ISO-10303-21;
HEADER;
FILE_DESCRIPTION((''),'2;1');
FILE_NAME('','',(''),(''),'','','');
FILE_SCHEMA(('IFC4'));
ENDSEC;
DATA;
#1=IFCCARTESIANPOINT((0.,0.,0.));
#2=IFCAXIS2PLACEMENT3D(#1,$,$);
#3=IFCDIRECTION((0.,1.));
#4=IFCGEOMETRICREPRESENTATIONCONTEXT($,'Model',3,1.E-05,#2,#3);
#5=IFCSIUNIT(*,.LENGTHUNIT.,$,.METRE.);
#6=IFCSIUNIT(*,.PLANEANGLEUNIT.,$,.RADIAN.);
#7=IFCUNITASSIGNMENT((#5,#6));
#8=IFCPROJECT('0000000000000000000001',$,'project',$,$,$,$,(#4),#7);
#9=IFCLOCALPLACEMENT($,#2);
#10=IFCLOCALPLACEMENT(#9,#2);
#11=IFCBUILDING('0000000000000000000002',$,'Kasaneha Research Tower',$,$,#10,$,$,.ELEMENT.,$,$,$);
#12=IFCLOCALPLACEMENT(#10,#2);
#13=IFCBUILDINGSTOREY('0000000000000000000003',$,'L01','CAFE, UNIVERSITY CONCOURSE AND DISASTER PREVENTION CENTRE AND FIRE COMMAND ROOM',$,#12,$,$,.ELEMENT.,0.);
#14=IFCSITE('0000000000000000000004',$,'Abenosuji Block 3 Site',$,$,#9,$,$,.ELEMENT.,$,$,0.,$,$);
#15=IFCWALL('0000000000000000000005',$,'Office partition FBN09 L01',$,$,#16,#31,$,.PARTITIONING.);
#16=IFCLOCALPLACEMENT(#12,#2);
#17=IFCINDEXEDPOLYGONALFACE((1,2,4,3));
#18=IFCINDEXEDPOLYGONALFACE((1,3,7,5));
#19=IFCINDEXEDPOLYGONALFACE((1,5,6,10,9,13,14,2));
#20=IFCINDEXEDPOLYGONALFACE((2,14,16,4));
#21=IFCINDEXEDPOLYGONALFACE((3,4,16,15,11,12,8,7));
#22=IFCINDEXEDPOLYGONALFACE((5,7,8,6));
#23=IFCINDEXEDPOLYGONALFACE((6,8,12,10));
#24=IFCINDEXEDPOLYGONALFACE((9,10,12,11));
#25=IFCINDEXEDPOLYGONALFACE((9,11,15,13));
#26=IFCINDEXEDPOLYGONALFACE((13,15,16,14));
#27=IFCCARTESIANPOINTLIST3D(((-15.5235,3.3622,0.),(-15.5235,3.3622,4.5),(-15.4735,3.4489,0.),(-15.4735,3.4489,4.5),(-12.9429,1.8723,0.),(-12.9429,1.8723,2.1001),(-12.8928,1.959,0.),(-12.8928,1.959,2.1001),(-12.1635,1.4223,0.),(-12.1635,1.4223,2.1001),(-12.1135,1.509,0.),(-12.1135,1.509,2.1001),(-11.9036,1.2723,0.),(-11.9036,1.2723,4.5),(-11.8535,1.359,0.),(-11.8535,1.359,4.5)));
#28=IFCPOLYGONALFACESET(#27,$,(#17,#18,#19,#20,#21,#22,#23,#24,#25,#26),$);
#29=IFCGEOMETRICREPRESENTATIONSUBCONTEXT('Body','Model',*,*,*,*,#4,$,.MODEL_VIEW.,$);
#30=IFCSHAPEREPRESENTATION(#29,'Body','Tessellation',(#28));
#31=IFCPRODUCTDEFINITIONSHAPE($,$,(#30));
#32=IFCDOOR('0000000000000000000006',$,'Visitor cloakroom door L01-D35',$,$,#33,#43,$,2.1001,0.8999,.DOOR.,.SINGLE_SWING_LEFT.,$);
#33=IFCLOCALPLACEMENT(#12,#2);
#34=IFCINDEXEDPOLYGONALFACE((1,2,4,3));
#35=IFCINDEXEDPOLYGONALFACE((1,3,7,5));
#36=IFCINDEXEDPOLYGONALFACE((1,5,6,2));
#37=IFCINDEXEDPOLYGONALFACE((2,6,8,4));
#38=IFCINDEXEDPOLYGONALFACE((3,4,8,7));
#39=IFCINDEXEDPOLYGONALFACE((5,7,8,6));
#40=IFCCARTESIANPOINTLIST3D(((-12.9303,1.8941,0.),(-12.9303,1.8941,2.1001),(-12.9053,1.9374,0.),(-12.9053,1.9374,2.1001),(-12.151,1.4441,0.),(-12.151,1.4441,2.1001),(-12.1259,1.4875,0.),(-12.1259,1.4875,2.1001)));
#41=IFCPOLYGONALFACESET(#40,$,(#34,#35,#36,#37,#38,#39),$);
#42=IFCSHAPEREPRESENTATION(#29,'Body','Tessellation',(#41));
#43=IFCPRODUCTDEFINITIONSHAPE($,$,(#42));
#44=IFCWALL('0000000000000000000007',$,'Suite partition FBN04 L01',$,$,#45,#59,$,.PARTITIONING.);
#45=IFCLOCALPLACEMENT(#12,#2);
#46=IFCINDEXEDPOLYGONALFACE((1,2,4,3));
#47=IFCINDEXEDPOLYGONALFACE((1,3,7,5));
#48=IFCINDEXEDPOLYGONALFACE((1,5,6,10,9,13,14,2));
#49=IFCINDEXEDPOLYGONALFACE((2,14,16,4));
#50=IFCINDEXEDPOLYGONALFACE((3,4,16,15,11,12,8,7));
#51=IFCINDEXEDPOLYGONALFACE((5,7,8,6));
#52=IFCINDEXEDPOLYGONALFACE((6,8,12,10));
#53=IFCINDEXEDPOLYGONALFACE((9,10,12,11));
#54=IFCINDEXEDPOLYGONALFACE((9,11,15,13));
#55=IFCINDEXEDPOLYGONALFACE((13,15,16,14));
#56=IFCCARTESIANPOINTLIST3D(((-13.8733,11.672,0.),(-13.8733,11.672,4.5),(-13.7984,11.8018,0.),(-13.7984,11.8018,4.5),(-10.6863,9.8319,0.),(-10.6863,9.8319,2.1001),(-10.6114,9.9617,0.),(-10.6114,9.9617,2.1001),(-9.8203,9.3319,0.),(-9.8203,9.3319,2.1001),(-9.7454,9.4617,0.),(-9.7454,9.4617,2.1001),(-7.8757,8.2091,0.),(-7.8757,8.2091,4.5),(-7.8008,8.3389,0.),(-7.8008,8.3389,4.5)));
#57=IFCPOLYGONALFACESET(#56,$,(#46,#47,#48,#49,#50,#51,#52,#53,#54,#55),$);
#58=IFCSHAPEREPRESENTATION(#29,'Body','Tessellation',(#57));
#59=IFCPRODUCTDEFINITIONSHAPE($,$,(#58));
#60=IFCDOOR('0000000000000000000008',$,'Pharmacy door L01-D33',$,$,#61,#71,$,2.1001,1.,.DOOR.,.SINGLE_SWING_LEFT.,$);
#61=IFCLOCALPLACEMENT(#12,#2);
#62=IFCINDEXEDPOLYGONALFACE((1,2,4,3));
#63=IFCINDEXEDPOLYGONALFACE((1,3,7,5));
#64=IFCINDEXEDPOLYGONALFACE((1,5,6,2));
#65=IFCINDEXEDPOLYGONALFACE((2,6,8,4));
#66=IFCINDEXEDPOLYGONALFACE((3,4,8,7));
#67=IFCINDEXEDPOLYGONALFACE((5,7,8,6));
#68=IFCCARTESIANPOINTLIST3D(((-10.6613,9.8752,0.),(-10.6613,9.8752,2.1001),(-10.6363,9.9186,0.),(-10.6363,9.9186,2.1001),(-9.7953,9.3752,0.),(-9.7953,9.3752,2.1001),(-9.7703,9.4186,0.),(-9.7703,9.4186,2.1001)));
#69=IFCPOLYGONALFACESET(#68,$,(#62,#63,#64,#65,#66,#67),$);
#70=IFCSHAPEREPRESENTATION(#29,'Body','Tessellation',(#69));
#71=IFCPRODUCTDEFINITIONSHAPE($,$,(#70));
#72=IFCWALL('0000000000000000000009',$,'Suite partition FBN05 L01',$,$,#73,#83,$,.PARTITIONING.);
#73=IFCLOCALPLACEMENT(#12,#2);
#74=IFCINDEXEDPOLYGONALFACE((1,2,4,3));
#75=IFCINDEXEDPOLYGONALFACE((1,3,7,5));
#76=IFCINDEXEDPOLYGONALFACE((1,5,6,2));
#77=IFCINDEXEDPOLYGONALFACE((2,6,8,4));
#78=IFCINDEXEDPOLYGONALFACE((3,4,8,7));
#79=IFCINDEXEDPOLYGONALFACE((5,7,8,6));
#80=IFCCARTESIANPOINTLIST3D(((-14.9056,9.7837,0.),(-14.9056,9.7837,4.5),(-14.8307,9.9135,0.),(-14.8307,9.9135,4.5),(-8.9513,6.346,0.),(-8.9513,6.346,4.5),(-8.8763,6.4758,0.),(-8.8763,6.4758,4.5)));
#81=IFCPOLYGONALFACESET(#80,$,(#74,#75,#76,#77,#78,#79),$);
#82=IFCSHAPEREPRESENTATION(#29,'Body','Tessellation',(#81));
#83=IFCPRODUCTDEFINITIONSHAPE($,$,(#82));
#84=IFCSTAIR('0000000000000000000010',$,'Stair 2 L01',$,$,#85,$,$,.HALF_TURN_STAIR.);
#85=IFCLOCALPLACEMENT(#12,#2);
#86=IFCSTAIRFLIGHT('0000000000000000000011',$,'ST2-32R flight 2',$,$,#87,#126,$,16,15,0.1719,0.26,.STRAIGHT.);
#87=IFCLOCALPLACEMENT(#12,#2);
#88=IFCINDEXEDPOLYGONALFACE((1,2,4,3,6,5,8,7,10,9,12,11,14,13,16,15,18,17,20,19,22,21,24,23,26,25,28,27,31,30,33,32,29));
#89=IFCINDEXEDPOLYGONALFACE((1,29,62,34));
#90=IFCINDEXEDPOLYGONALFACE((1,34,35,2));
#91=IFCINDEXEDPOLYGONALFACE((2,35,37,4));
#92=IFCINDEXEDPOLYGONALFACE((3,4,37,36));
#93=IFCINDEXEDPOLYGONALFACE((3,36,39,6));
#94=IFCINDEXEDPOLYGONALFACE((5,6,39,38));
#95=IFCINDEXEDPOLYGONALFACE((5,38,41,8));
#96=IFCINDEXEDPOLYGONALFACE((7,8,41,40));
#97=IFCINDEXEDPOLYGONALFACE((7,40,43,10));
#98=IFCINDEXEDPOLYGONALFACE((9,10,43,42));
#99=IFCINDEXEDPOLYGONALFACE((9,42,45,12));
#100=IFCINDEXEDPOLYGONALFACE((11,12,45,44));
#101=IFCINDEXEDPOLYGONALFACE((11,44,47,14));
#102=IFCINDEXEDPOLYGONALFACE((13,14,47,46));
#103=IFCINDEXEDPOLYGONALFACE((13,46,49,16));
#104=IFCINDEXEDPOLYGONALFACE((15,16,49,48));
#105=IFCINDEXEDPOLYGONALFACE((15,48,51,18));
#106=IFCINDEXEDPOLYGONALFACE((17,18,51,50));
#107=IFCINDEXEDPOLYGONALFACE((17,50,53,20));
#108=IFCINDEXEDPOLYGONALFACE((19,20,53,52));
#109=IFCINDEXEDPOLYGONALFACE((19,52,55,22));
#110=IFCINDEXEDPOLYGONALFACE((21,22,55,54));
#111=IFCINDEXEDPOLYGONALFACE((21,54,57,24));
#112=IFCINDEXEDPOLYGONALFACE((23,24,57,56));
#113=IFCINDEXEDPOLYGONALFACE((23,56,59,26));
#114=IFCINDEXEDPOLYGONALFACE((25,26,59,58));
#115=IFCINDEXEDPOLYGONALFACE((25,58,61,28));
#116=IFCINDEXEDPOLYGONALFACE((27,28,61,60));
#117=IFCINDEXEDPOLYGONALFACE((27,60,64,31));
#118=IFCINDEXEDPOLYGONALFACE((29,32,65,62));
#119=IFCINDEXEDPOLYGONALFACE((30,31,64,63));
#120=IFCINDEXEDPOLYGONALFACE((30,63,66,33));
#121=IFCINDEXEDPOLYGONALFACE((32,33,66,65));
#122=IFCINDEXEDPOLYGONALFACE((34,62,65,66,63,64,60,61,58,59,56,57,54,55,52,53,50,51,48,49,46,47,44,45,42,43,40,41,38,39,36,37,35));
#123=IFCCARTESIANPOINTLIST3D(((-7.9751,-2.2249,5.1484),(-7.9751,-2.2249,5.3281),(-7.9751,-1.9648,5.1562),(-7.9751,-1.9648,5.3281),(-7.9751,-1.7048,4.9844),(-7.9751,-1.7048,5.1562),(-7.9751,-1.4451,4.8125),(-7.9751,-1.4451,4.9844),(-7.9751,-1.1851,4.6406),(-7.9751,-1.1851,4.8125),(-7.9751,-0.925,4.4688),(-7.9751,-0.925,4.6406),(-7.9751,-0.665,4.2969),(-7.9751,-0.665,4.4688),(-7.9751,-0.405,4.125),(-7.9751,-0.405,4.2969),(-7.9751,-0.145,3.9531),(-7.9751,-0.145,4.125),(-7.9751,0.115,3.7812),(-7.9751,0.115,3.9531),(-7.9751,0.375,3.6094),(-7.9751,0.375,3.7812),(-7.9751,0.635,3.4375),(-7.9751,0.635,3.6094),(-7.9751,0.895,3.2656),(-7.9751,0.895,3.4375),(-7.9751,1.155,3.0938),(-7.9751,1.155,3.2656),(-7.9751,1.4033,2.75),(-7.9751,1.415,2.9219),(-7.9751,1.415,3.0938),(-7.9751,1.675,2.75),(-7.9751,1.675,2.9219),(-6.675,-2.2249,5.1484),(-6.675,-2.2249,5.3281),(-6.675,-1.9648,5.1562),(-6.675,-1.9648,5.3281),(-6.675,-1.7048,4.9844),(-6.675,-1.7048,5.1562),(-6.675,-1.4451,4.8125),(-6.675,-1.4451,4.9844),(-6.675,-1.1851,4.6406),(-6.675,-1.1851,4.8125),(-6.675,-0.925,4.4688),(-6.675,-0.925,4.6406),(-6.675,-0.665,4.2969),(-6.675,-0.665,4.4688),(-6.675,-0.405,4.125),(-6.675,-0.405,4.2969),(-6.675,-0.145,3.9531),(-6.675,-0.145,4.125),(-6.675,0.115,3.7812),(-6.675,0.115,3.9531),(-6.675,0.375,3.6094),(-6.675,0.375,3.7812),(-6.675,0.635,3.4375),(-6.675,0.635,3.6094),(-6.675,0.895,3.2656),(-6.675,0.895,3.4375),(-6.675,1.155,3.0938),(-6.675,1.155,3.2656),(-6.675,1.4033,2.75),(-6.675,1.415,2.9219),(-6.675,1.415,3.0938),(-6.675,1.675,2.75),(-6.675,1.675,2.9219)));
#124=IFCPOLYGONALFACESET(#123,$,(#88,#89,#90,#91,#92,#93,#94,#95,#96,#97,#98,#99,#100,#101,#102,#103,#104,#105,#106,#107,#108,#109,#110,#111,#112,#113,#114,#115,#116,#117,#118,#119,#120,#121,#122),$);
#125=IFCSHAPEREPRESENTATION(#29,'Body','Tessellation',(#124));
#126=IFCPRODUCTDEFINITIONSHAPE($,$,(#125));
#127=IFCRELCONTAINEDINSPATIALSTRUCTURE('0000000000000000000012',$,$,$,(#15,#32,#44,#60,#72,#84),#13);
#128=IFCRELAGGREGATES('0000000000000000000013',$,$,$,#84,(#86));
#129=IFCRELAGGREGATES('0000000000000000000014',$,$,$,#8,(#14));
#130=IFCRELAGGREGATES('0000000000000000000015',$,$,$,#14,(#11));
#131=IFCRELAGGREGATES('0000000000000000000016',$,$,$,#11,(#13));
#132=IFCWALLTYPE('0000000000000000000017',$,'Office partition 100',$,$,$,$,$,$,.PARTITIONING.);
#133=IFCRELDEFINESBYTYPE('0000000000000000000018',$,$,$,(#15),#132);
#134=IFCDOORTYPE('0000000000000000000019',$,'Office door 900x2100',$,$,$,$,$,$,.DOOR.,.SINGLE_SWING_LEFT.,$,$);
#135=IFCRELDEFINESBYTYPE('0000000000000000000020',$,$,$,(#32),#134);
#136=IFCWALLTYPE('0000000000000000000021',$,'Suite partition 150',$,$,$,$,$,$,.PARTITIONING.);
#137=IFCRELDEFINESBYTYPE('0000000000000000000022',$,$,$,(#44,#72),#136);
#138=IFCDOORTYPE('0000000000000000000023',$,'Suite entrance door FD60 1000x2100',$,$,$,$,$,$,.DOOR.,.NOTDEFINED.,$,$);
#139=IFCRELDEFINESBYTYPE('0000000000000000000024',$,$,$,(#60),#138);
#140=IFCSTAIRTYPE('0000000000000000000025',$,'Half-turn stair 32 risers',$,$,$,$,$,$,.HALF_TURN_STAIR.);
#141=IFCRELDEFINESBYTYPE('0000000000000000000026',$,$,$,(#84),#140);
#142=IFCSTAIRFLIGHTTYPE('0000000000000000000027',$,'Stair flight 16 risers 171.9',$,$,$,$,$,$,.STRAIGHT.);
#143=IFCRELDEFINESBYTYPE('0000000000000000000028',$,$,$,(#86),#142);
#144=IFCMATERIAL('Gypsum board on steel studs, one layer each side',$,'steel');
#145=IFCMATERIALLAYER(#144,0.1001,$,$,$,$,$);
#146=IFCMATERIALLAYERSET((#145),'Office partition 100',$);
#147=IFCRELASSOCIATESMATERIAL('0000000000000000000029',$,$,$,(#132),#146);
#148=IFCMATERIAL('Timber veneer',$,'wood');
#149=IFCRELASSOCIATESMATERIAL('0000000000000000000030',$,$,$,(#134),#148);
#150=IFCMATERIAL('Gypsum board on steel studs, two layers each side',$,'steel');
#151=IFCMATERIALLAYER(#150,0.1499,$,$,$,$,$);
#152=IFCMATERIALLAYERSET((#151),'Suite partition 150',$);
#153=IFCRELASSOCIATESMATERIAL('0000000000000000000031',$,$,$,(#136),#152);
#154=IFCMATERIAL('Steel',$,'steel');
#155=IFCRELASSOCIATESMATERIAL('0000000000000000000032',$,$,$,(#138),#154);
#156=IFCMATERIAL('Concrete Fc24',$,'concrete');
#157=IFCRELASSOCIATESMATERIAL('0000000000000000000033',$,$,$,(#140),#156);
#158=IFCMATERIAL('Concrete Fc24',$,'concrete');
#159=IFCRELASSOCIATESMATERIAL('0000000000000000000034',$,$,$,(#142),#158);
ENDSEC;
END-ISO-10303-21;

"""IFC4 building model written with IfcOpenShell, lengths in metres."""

from ifc_helpers import new_model, si_unit, direction, frame, frame_2d, origin, place, context, subcontext, project, spatial, polyline, rectangle, outline, extrude, material, layer, layer_set, type_object, element, fill, aggregate, save


model = new_model("IFC4")

# Units and contexts
model_context = context("Model", 3, precision=1e-05, world=origin(), true_north=direction((0.0, 1.0)))
body_context = subcontext(model_context, "Body", "Model", "MODEL_VIEW")
ifc_project = project(units=[si_unit("LENGTHUNIT", "METRE"), si_unit("PLANEANGLEUNIT", "RADIAN")], contexts=[model_context])

# Site, building, storey
site_placement = place(None, origin())
site = spatial("IfcSite", under=ifc_project, at=site_placement, Name="Abenosuji Block 3 Site", CompositionType="ELEMENT", RefElevation=0.0)
building_placement = place(site_placement, origin())
building = spatial("IfcBuilding", under=site, at=building_placement, Name="Kasaneha Research Tower", CompositionType="ELEMENT")
storey_placement = place(building_placement, origin())
storey = spatial("IfcBuildingStorey", under=building, at=storey_placement, Name="L01", Description="CAFE, UNIVERSITY CONCOURSE AND DISASTER PREVENTION CENTRE AND FIRE COMMAND ROOM", CompositionType="ELEMENT", Elevation=0.0)

# Shared definitions
ifc_material_1 = material(Name="Gypsum board on steel studs, one layer each side", Category="steel")
ifc_layer_1 = layer(ifc_material_1, 0.1001)
ifc_layer_set_1 = layer_set([ifc_layer_1], Name="Office partition 100")
wall_type_1 = type_object("IfcWallType", Name="Office partition 100", PredefinedType="PARTITIONING", material=ifc_layer_set_1)

# Walls, openings, doors
wall_1_placement = place(storey_placement, frame((-11.8787, 1.3157, 0.0), z_axis=(0.0, 0.0, 1.0), x_axis=(-0.866035, 0.499984, 0.0)))
wall_1 = element("IfcWall", 1, at=wall_1_placement, inside=storey, type_object=wall_type_1, Name="Office partition FBN09 L01", PredefinedType="PARTITIONING", context=body_context, shape_type="SweptSolid", body=[
    extrude(rectangle(XDim=4.1799, YDim=0.1001, at=frame_2d((2.0898, 0.0))), origin(), (0.0, 0.0, 1.0), 4.5),
])
opening_1_placement = place(wall_1_placement, frame((0.3, 0.0, 0.0)))
opening_1 = element("IfcOpeningElement", 2, at=opening_1_placement, cuts=wall_1, PredefinedType="OPENING", context=body_context, shape_type="SweptSolid", body=[
    extrude(rectangle(XDim=0.8999, YDim=2.1001, at=frame_2d((0.45, 1.05))), frame((0.0, 0.0601, 0.0), z_axis=(0.0, -1.0, 0.0), x_axis=(1.0, 0.0, 0.0)), (0.0, 0.0, 1.0), 0.1201),
])
ifc_material_2 = material(Name="Timber veneer", Category="wood")
door_type_1 = type_object("IfcDoorType", Name="Office door 900x2100", OperationType="SINGLE_SWING_LEFT", PredefinedType="DOOR", material=ifc_material_2)
door_1_placement = place(opening_1_placement, origin())
door_1 = element("IfcDoor", 3, at=door_1_placement, inside=storey, type_object=door_type_1, Name="Visitor cloakroom door L01-D35", OperationType="SINGLE_SWING_LEFT", OverallHeight=2.1001, OverallWidth=0.8999, PredefinedType="DOOR", context=body_context, shape_type="SweptSolid", body=[
    extrude(rectangle(XDim=0.8999, YDim=2.1001, at=frame_2d((0.45, 1.05))), frame((0.0, 0.0249, 0.0), z_axis=(0.0, -1.0, 0.0), x_axis=(1.0, 0.0, 0.0)), (0.0, 0.0, 1.0), 0.05),
])
fill(opening_1, door_1)
ifc_material_3 = material(Name="Gypsum board on steel studs, two layers each side", Category="steel")
ifc_layer_2 = layer(ifc_material_3, 0.1499)
ifc_layer_set_2 = layer_set([ifc_layer_2], Name="Suite partition 150")
wall_type_2 = type_object("IfcWallType", Name="Suite partition 150", PredefinedType="PARTITIONING", material=ifc_layer_set_2)
wall_2_placement = place(storey_placement, frame((-7.8381, 8.2739, 0.0), z_axis=(0.0, 0.0, 1.0), x_axis=(-0.866013, 0.500022, 0.0)))
wall_2 = element("IfcWall", 4, at=wall_2_placement, inside=storey, type_object=wall_type_2, Name="Suite partition FBN04 L01", PredefinedType="PARTITIONING", context=body_context, shape_type="SweptSolid", body=[
    extrude(rectangle(XDim=6.9255, YDim=0.1499, at=frame_2d((3.4629, 0.0))), origin(), (0.0, 0.0, 1.0), 4.5),
])
opening_2_placement = place(wall_2_placement, frame((2.2456, 0.0, 0.0)))
opening_2 = element("IfcOpeningElement", 5, at=opening_2_placement, cuts=wall_2, PredefinedType="OPENING", context=body_context, shape_type="SweptSolid", body=[
    extrude(rectangle(XDim=1.0, YDim=2.1001, at=frame_2d((0.5, 1.05))), frame((0.0, 0.085, 0.0), z_axis=(0.0, -1.0, 0.0), x_axis=(1.0, 0.0, 0.0)), (0.0, 0.0, 1.0), 0.1699),
])
ifc_material_4 = material(Name="Steel", Category="steel")
door_type_2 = type_object("IfcDoorType", Name="Suite entrance door FD60 1000x2100", OperationType="NOTDEFINED", PredefinedType="DOOR", material=ifc_material_4)
door_2_placement = place(opening_2_placement, origin())
door_2 = element("IfcDoor", 6, at=door_2_placement, inside=storey, type_object=door_type_2, Name="Pharmacy door L01-D33", OperationType="SINGLE_SWING_LEFT", OverallHeight=2.1001, OverallWidth=1.0, PredefinedType="DOOR", context=body_context, shape_type="SweptSolid", body=[
    extrude(rectangle(XDim=1.0, YDim=2.1001, at=frame_2d((0.5, 1.05))), frame((0.0, 0.0249, 0.0), z_axis=(0.0, -1.0, 0.0), x_axis=(1.0, 0.0, 0.0)), (0.0, 0.0, 1.0), 0.05),
])
fill(opening_2, door_2)

# Wall
wall_3_placement = place(storey_placement, frame((-8.9138, 6.4109, 0.0), z_axis=(0.0, 0.0, 1.0), x_axis=(-0.866025, 0.5, 0.0)))
element("IfcWall", 7, at=wall_3_placement, inside=storey, type_object=wall_type_2, Name="Suite partition FBN05 L01", PredefinedType="PARTITIONING", context=body_context, shape_type="SweptSolid", body=[
    extrude(rectangle(XDim=6.8755, YDim=0.1499, at=frame_2d((3.4377, 0.0))), origin(), (0.0, 0.0, 1.0), 4.5),
])

# Stair, stair flight
ifc_material_5 = material(Name="Concrete Fc24", Category="concrete")
stair_type = type_object("IfcStairType", Name="Half-turn stair 32 risers", PredefinedType="HALF_TURN_STAIR", material=ifc_material_5)
stair_placement = place(storey_placement, origin())
stair = element("IfcStair", 8, at=stair_placement, inside=storey, type_object=stair_type, Name="Stair 2 L01", PredefinedType="HALF_TURN_STAIR")
ifc_material_6 = material(Name="Concrete Fc24", Category="concrete")
stair_flight_type = type_object("IfcStairFlightType", Name="Stair flight 16 risers 171.9", PredefinedType="STRAIGHT", material=ifc_material_6)
stair_flight_placement = place(storey_placement, frame((-7.325, 1.675, 2.75), z_axis=(0.0, 0.0, 1.0), x_axis=(0.0, -1.0, 0.0)))
stair_flight = element("IfcStairFlight", 9, at=stair_flight_placement, type_object=stair_flight_type, Name="ST2-32R flight 2", NumberOfRisers=16, NumberOfTreads=15, PredefinedType="STRAIGHT", RiserHeight=0.1719, TreadLength=0.26, context=body_context, shape_type="SweptSolid", body=[
    extrude(outline(polyline([(0.0, 0.0), (0.0, 0.1719), (0.26, 0.1719), (0.26, 0.3438), (0.52, 0.3438), (0.52, 0.5156), (0.78, 0.5156), (0.78, 0.6875), (1.04, 0.6875), (1.04, 0.8594), (1.3, 0.8594), (1.3, 1.0312), (1.5601, 1.0312), (1.5601, 1.2031), (1.8201, 1.2031), (1.8201, 1.375), (2.0801, 1.375), (2.0801, 1.5469), (2.3401, 1.5469), (2.3401, 1.7188), (2.6001, 1.7188), (2.6001, 1.8906), (2.8601, 1.8906), (2.8601, 2.0625), (3.1201, 2.0625), (3.1201, 2.2344), (3.3799, 2.2344), (3.3799, 2.4062), (3.6399, 2.4062), (3.6399, 2.5781), (3.8999, 2.5781), (3.8999, 2.75), (3.8999, 2.3984), (0.2717, 0.0), (0.0, 0.0)])), frame((0.0, 0.6499, 0.0), z_axis=(0.0, -1.0, 0.0), x_axis=(1.0, 0.0, 0.0)), (0.0, 0.0, 1.0), 1.3),
])
aggregate(stair, [stair_flight])

save(model, "model.ifc")
